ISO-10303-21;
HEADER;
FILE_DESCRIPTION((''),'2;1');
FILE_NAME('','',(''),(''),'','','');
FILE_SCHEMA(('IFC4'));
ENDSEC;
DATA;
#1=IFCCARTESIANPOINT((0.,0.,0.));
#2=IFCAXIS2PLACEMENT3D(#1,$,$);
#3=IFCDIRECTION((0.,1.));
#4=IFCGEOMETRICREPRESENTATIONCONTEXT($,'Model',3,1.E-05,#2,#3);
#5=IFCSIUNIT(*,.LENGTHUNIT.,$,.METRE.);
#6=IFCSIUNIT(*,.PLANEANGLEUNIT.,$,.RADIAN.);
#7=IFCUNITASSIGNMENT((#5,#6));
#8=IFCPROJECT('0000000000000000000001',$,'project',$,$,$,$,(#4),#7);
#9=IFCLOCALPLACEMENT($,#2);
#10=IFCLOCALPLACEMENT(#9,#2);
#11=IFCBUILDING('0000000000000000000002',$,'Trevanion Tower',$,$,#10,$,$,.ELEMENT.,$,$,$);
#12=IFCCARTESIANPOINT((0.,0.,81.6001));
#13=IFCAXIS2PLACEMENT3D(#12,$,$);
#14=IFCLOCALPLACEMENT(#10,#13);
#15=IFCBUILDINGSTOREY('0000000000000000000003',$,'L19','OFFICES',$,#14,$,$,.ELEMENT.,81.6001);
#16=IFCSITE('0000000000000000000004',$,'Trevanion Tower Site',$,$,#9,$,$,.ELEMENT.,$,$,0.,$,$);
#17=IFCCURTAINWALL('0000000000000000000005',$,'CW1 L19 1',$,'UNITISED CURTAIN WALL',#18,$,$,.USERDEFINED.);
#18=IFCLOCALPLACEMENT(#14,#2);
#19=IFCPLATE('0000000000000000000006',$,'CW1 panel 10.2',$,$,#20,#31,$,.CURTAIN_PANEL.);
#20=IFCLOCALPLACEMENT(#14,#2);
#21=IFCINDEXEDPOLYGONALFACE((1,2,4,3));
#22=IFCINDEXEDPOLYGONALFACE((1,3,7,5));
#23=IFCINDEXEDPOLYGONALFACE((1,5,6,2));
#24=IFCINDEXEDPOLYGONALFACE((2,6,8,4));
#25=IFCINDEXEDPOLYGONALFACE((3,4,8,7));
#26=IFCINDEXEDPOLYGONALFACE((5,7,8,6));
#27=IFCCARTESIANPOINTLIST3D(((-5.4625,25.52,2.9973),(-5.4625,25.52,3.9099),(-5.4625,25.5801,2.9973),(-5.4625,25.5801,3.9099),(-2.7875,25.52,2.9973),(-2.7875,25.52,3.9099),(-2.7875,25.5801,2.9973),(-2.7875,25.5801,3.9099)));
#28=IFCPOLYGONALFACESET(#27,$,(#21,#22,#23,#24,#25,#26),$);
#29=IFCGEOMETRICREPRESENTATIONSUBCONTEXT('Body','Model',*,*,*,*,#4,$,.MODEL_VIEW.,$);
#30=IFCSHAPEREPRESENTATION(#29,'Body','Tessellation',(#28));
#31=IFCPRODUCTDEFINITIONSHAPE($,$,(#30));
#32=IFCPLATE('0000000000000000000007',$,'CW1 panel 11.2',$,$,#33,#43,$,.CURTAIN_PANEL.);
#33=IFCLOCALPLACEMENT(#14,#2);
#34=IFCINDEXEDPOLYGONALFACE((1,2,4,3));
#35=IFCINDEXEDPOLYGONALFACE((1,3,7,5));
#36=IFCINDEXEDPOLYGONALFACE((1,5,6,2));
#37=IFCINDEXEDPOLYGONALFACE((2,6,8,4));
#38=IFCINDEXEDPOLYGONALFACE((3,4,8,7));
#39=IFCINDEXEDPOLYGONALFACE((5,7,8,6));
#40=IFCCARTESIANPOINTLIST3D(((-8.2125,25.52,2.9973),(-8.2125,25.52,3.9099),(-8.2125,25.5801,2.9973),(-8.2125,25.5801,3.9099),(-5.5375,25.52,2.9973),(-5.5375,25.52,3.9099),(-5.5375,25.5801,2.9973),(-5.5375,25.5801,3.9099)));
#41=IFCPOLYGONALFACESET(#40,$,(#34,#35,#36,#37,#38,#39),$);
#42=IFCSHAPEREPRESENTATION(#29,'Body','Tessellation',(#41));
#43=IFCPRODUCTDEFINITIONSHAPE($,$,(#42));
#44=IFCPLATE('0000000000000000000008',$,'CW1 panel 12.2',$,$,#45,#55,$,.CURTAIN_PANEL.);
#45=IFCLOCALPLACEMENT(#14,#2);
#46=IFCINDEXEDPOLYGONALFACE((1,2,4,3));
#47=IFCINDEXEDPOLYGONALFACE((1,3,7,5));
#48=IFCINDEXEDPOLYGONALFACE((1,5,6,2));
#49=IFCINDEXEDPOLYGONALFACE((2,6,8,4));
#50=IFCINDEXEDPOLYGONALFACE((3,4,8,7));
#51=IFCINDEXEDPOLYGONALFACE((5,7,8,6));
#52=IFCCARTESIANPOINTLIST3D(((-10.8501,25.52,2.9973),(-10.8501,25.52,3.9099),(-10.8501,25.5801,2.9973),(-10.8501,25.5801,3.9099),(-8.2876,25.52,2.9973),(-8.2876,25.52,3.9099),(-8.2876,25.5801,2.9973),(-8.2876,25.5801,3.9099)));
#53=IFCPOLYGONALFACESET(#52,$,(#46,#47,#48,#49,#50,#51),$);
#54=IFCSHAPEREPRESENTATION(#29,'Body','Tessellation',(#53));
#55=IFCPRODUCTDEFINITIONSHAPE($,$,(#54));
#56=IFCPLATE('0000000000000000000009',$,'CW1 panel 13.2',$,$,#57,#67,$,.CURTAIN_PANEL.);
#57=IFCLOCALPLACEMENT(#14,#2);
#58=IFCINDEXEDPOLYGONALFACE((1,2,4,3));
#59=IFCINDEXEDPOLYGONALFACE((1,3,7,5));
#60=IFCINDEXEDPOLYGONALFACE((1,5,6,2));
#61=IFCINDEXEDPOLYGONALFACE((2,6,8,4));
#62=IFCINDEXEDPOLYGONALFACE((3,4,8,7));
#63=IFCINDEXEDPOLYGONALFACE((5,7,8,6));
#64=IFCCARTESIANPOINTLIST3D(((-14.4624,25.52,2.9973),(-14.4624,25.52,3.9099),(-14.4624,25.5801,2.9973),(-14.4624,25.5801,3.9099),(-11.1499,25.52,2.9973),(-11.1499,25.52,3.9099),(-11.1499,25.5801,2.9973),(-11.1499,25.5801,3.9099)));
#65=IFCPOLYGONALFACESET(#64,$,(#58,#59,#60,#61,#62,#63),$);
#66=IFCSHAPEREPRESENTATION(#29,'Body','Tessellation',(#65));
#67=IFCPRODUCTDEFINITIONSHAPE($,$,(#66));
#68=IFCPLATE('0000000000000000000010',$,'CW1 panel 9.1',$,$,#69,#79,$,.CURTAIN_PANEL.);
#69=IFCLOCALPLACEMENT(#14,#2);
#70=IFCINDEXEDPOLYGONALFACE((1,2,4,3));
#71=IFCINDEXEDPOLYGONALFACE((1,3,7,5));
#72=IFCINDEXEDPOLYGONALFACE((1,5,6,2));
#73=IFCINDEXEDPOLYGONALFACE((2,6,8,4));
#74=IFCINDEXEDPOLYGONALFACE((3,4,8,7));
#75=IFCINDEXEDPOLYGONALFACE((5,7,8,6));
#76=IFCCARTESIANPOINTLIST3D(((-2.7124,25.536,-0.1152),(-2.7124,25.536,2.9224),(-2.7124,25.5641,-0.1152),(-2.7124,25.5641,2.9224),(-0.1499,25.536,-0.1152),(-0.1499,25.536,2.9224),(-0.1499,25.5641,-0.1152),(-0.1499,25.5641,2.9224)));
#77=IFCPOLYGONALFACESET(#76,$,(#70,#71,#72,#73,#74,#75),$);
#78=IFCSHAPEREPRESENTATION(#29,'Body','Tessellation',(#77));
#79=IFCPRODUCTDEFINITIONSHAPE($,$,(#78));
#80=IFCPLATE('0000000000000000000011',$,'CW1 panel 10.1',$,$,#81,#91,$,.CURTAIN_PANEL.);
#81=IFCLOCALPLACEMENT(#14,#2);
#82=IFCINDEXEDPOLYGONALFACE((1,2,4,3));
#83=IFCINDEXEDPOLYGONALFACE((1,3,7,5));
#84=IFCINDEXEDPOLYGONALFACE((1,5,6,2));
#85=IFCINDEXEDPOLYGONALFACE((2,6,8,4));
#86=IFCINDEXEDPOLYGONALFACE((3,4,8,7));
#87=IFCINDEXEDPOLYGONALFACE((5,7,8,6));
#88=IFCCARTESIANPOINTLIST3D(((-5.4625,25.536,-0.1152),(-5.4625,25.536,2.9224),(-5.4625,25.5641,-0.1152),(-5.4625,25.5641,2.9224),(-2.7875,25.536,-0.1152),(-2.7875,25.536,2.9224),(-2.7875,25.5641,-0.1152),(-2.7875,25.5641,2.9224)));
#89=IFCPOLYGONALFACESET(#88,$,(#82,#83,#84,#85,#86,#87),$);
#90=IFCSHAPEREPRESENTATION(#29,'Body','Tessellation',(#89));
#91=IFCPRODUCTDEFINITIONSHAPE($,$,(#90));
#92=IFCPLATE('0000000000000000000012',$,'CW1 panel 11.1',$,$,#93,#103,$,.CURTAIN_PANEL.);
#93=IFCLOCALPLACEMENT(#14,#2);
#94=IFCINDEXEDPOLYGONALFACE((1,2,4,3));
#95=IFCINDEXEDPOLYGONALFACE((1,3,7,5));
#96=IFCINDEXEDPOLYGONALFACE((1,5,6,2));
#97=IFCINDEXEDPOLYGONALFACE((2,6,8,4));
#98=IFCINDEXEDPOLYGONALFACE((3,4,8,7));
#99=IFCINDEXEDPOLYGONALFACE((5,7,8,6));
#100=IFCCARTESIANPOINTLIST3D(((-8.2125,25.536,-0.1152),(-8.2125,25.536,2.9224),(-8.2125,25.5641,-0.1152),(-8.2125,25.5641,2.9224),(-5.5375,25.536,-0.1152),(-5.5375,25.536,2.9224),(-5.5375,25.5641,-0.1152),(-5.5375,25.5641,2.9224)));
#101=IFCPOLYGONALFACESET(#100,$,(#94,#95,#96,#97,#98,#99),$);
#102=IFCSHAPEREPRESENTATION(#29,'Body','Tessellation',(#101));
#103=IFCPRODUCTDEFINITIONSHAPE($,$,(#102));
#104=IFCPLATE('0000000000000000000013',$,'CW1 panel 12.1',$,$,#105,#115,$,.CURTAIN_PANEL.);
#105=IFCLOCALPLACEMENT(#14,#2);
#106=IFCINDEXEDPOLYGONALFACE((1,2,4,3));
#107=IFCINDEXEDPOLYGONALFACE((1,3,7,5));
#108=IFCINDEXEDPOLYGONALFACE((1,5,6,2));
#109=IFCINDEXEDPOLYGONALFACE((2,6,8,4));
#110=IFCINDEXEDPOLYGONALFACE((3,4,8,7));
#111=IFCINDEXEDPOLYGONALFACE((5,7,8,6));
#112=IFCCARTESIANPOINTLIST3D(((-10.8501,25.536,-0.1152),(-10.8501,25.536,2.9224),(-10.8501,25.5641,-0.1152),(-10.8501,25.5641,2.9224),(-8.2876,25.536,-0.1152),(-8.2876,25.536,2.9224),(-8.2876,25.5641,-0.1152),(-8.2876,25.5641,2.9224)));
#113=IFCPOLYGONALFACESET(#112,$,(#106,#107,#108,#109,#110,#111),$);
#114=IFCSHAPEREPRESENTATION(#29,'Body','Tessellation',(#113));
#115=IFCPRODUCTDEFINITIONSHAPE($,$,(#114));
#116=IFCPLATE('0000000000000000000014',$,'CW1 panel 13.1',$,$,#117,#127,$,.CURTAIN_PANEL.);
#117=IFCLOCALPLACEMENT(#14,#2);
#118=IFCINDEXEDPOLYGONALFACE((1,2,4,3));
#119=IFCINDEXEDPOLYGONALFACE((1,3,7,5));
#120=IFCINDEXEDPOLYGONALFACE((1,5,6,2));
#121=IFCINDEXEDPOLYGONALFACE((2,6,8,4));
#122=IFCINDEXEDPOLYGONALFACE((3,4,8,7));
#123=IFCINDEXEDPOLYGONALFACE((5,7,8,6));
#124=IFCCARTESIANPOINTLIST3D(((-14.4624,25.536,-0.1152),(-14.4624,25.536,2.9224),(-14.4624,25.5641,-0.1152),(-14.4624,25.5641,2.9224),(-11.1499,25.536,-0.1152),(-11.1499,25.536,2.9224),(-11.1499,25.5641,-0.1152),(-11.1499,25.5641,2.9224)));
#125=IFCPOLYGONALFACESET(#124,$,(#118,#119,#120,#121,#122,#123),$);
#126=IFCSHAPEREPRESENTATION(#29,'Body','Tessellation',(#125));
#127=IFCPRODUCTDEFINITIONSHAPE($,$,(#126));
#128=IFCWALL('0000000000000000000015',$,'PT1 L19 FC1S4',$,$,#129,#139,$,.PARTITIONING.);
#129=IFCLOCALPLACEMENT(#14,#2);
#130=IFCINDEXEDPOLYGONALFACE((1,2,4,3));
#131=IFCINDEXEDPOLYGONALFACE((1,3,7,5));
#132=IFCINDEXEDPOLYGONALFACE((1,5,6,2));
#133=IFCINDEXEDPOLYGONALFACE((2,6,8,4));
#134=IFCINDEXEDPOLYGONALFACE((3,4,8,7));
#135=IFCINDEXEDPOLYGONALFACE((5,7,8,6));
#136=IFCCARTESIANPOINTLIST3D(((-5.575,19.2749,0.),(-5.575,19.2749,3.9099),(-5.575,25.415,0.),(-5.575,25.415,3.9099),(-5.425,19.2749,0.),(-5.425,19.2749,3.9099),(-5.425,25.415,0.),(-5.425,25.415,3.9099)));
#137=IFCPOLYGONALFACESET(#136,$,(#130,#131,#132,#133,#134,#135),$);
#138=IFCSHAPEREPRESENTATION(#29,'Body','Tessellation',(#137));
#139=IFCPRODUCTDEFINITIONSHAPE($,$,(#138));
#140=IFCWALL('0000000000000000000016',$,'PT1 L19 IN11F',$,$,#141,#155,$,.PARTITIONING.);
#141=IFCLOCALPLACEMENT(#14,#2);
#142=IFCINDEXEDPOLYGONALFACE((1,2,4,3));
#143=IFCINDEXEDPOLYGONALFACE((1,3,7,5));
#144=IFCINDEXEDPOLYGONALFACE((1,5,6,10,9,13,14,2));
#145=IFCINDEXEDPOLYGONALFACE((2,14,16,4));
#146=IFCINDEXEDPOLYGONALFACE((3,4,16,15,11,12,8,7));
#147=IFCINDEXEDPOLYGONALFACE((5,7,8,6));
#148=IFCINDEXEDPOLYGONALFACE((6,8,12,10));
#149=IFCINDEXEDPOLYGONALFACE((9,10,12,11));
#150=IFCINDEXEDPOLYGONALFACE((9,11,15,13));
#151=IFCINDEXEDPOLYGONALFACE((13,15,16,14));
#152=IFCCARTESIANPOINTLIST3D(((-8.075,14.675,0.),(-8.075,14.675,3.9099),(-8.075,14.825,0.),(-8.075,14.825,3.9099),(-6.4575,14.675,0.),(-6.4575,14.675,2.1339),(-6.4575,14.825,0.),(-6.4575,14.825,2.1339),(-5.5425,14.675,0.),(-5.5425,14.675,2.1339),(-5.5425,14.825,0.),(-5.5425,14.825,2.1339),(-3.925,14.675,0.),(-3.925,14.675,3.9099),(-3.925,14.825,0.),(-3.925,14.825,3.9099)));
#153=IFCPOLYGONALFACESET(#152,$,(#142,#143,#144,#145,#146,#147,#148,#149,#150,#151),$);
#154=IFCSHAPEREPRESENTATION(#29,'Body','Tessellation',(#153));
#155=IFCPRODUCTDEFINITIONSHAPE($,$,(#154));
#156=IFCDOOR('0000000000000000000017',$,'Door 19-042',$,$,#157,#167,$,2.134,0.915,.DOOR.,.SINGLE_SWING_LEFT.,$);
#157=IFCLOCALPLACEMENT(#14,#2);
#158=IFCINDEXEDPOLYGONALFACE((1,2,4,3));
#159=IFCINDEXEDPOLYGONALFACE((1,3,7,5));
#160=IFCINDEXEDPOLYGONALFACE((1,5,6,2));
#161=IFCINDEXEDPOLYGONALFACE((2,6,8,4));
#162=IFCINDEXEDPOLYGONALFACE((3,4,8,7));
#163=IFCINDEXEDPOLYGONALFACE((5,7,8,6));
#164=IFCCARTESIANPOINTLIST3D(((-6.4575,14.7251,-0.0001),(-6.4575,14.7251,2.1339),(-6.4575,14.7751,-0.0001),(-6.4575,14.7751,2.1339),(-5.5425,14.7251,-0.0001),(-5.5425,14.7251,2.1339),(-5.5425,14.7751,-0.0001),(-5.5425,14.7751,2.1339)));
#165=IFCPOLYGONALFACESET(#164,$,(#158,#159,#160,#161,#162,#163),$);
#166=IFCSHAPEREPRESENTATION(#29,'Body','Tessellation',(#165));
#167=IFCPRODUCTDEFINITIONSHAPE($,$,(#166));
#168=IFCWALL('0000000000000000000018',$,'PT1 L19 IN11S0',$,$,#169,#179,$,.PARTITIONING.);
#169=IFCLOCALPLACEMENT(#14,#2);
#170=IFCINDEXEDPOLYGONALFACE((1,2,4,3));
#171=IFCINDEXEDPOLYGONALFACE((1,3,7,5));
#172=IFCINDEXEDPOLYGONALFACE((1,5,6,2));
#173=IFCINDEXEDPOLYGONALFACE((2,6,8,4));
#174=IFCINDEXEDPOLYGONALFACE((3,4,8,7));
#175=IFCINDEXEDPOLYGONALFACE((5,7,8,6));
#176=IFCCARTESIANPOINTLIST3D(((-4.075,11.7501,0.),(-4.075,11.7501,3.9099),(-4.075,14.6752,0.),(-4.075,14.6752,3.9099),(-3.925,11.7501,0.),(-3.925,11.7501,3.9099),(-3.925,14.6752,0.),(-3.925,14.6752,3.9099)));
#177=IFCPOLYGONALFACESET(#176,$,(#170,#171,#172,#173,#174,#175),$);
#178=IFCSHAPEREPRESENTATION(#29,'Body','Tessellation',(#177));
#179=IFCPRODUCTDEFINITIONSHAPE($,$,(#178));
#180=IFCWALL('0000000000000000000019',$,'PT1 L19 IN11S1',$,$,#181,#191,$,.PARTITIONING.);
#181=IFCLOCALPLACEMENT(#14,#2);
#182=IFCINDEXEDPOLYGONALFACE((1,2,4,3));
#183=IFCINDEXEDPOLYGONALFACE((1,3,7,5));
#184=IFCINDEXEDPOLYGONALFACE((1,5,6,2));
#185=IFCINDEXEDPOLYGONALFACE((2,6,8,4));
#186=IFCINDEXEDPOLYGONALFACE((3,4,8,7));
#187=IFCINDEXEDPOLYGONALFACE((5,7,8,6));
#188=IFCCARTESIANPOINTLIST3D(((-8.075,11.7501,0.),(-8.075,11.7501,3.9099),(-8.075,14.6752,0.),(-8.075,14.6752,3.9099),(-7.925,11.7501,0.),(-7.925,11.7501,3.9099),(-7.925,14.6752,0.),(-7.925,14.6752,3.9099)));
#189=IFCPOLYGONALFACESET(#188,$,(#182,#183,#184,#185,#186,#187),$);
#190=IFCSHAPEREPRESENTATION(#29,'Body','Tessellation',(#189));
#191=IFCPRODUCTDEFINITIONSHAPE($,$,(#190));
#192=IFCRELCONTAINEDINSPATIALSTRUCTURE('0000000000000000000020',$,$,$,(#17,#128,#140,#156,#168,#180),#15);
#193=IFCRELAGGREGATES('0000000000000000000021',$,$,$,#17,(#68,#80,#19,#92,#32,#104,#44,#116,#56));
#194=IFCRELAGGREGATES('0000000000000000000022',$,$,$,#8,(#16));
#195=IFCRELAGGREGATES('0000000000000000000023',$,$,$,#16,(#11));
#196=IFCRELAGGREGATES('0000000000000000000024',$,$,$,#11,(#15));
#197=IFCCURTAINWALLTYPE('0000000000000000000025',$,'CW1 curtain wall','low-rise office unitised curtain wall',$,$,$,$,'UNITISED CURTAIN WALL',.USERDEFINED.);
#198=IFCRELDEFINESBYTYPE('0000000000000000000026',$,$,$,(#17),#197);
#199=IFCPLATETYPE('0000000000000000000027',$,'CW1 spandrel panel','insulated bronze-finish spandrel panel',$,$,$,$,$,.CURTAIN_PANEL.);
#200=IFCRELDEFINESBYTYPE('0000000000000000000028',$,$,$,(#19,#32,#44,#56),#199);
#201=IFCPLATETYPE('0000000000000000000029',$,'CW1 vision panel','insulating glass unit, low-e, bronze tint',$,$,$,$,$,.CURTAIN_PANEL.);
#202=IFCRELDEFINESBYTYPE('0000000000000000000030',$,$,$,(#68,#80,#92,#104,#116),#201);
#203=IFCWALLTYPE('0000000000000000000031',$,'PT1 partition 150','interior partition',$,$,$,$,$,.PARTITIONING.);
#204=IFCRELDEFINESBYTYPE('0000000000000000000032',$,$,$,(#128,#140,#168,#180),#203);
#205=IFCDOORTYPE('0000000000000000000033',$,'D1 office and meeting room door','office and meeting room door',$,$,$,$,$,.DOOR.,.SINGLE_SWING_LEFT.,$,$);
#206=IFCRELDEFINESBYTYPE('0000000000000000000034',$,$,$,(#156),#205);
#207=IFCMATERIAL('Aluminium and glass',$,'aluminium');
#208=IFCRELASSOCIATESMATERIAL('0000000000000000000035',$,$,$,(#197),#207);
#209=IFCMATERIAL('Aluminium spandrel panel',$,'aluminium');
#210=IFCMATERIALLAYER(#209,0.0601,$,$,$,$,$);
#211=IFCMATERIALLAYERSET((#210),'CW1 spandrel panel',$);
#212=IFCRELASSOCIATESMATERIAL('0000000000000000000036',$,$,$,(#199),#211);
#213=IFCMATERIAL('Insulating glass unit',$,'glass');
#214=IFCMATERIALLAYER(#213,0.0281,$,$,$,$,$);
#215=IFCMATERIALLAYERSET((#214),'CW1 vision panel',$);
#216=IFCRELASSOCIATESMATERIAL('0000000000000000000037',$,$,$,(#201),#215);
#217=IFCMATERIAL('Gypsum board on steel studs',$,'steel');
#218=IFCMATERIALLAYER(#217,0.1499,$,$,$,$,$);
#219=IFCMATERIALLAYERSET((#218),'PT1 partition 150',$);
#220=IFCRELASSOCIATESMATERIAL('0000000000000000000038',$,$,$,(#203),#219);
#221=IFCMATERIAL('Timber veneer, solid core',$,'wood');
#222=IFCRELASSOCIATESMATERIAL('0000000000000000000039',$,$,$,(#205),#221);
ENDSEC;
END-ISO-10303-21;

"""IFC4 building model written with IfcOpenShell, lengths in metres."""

from ifc_helpers import new_model, si_unit, direction, frame, frame_2d, origin, origin_2d, place, context, subcontext, project, spatial, rectangle, extrude, material, layer, layer_set, type_object, element, fill, aggregate, save


model = new_model("IFC4")

# Units and contexts
model_context = context("Model", 3, precision=1e-05, world=origin(), true_north=direction((0.0, 1.0)))
body_context = subcontext(model_context, "Body", "Model", "MODEL_VIEW")
ifc_project = project(units=[si_unit("LENGTHUNIT", "METRE"), si_unit("PLANEANGLEUNIT", "RADIAN")], contexts=[model_context])

# Site, building, storey
site_placement = place(None, origin())
site = spatial("IfcSite", under=ifc_project, at=site_placement, Name="Trevanion Tower Site", CompositionType="ELEMENT", RefElevation=0.0)
building_placement = place(site_placement, origin())
building = spatial("IfcBuilding", under=site, at=building_placement, Name="Trevanion Tower", CompositionType="ELEMENT")
storey_placement = place(building_placement, frame((0.0, 0.0, 81.6001)))
storey = spatial("IfcBuildingStorey", under=building, at=storey_placement, Name="L19", Description="OFFICES", CompositionType="ELEMENT", Elevation=81.6001)

# Curtain wall
ifc_material_1 = material(Name="Aluminium and glass", Category="aluminium")
curtain_wall_type = type_object("IfcCurtainWallType", Name="CW1 curtain wall", Description="low-rise office unitised curtain wall", ElementType="UNITISED CURTAIN WALL", PredefinedType="USERDEFINED", material=ifc_material_1)
curtain_wall_placement = place(storey_placement, origin())
curtain_wall = element("IfcCurtainWall", 1, at=curtain_wall_placement, inside=storey, type_object=curtain_wall_type, Name="CW1 L19 1", ObjectType="UNITISED CURTAIN WALL", PredefinedType="USERDEFINED")

# Plates
ifc_material_2 = material(Name="Aluminium spandrel panel", Category="aluminium")
ifc_layer_1 = layer(ifc_material_2, 0.0601)
ifc_layer_set_1 = layer_set([ifc_layer_1], Name="CW1 spandrel panel")
plate_type_1 = type_object("IfcPlateType", Name="CW1 spandrel panel", Description="insulated bronze-finish spandrel panel", PredefinedType="CURTAIN_PANEL", material=ifc_layer_set_1)
plate_1_placement = place(storey_placement, frame((-4.125, 25.55, 2.9973), z_axis=(0.0, 0.0, 1.0), x_axis=(-1.0, 0.0, 0.0)))
plate_1 = element("IfcPlate", 2, at=plate_1_placement, type_object=plate_type_1, Name="CW1 panel 10.2", PredefinedType="CURTAIN_PANEL", context=body_context, shape_type="SweptSolid", body=[
    extrude(rectangle(XDim=2.675, YDim=0.0601, at=origin_2d()), origin(), (0.0, 0.0, 1.0), 0.9126),
])
plate_2_placement = place(storey_placement, frame((-6.875, 25.55, 2.9973), z_axis=(0.0, 0.0, 1.0), x_axis=(-1.0, 0.0, 0.0)))
plate_2 = element("IfcPlate", 3, at=plate_2_placement, type_object=plate_type_1, Name="CW1 panel 11.2", PredefinedType="CURTAIN_PANEL", context=body_context, shape_type="SweptSolid", body=[
    extrude(rectangle(XDim=2.675, YDim=0.0601, at=origin_2d()), origin(), (0.0, 0.0, 1.0), 0.9126),
])
plate_3_placement = place(storey_placement, frame((-9.5688, 25.55, 2.9973), z_axis=(0.0, 0.0, 1.0), x_axis=(-1.0, 0.0, 0.0)))
plate_3 = element("IfcPlate", 4, at=plate_3_placement, type_object=plate_type_1, Name="CW1 panel 12.2", PredefinedType="CURTAIN_PANEL", context=body_context, shape_type="SweptSolid", body=[
    extrude(rectangle(XDim=2.5625, YDim=0.0601, at=origin_2d()), origin(), (0.0, 0.0, 1.0), 0.9126),
])
plate_4_placement = place(storey_placement, frame((-12.8062, 25.55, 2.9973), z_axis=(0.0, 0.0, 1.0), x_axis=(-1.0, 0.0, 0.0)))
plate_4 = element("IfcPlate", 5, at=plate_4_placement, type_object=plate_type_1, Name="CW1 panel 13.2", PredefinedType="CURTAIN_PANEL", context=body_context, shape_type="SweptSolid", body=[
    extrude(rectangle(XDim=3.3125, YDim=0.0601, at=origin_2d()), origin(), (0.0, 0.0, 1.0), 0.9126),
])
ifc_material_3 = material(Name="Insulating glass unit", Category="glass")
ifc_layer_2 = layer(ifc_material_3, 0.0281)
ifc_layer_set_2 = layer_set([ifc_layer_2], Name="CW1 vision panel")
plate_type_2 = type_object("IfcPlateType", Name="CW1 vision panel", Description="insulating glass unit, low-e, bronze tint", PredefinedType="CURTAIN_PANEL", material=ifc_layer_set_2)
plate_5_placement = place(storey_placement, frame((-1.4312, 25.55, -0.1152), z_axis=(0.0, 0.0, 1.0), x_axis=(-1.0, 0.0, 0.0)))
plate_5 = element("IfcPlate", 6, at=plate_5_placement, type_object=plate_type_2, Name="CW1 panel 9.1", PredefinedType="CURTAIN_PANEL", context=body_context, shape_type="SweptSolid", body=[
    extrude(rectangle(XDim=2.5625, YDim=0.0281, at=origin_2d()), origin(), (0.0, 0.0, 1.0), 3.0376),
])
plate_6_placement = place(storey_placement, frame((-4.125, 25.55, -0.1152), z_axis=(0.0, 0.0, 1.0), x_axis=(-1.0, 0.0, 0.0)))
plate_6 = element("IfcPlate", 7, at=plate_6_placement, type_object=plate_type_2, Name="CW1 panel 10.1", PredefinedType="CURTAIN_PANEL", context=body_context, shape_type="SweptSolid", body=[
    extrude(rectangle(XDim=2.675, YDim=0.0281, at=origin_2d()), origin(), (0.0, 0.0, 1.0), 3.0376),
])
plate_7_placement = place(storey_placement, frame((-6.875, 25.55, -0.1152), z_axis=(0.0, 0.0, 1.0), x_axis=(-1.0, 0.0, 0.0)))
plate_7 = element("IfcPlate", 8, at=plate_7_placement, type_object=plate_type_2, Name="CW1 panel 11.1", PredefinedType="CURTAIN_PANEL", context=body_context, shape_type="SweptSolid", body=[
    extrude(rectangle(XDim=2.675, YDim=0.0281, at=origin_2d()), origin(), (0.0, 0.0, 1.0), 3.0376),
])
plate_8_placement = place(storey_placement, frame((-9.5688, 25.55, -0.1152), z_axis=(0.0, 0.0, 1.0), x_axis=(-1.0, 0.0, 0.0)))
plate_8 = element("IfcPlate", 9, at=plate_8_placement, type_object=plate_type_2, Name="CW1 panel 12.1", PredefinedType="CURTAIN_PANEL", context=body_context, shape_type="SweptSolid", body=[
    extrude(rectangle(XDim=2.5625, YDim=0.0281, at=origin_2d()), origin(), (0.0, 0.0, 1.0), 3.0376),
])
plate_9_placement = place(storey_placement, frame((-12.8062, 25.55, -0.1152), z_axis=(0.0, 0.0, 1.0), x_axis=(-1.0, 0.0, 0.0)))
plate_9 = element("IfcPlate", 10, at=plate_9_placement, type_object=plate_type_2, Name="CW1 panel 13.1", PredefinedType="CURTAIN_PANEL", context=body_context, shape_type="SweptSolid", body=[
    extrude(rectangle(XDim=3.3125, YDim=0.0281, at=origin_2d()), origin(), (0.0, 0.0, 1.0), 3.0376),
])
aggregate(curtain_wall, [plate_5, plate_6, plate_1, plate_7, plate_2, plate_8, plate_3, plate_9, plate_4])

# Wall
ifc_material_4 = material(Name="Gypsum board on steel studs", Category="steel")
ifc_layer_3 = layer(ifc_material_4, 0.1499)
ifc_layer_set_3 = layer_set([ifc_layer_3], Name="PT1 partition 150")
wall_type = type_object("IfcWallType", Name="PT1 partition 150", Description="interior partition", PredefinedType="PARTITIONING", material=ifc_layer_set_3)
wall_1_placement = place(storey_placement, frame((-5.5, 19.2749, 0.0), z_axis=(0.0, 0.0, 1.0), x_axis=(0.0, 1.0, 0.0)))
element("IfcWall", 11, at=wall_1_placement, inside=storey, type_object=wall_type, Name="PT1 L19 FC1S4", PredefinedType="PARTITIONING", context=body_context, shape_type="SweptSolid", body=[
    extrude(rectangle(XDim=6.1401, YDim=0.1499, at=frame_2d((3.0701, 0.0))), origin(), (0.0, 0.0, 1.0), 3.9099),
])

# Wall, opening, door
wall_2_placement = place(storey_placement, frame((-3.925, 14.75, 0.0), z_axis=(0.0, 0.0, 1.0), x_axis=(-1.0, 0.0, 0.0)))
wall_2 = element("IfcWall", 12, at=wall_2_placement, inside=storey, type_object=wall_type, Name="PT1 L19 IN11F", PredefinedType="PARTITIONING", context=body_context, shape_type="SweptSolid", body=[
    extrude(rectangle(XDim=4.1499, YDim=0.1499, at=frame_2d((2.075, 0.0))), origin(), (0.0, 0.0, 1.0), 3.9099),
])
opening_placement = place(wall_2_placement, frame((1.6174, 0.0, 0.0)))
opening = element("IfcOpeningElement", 13, at=opening_placement, cuts=wall_2, PredefinedType="OPENING", context=body_context, shape_type="SweptSolid", body=[
    extrude(rectangle(XDim=0.915, YDim=2.134, at=frame_2d((0.4575, 1.0669))), frame((0.0, 0.085, 0.0), z_axis=(0.0, -1.0, 0.0), x_axis=(1.0, 0.0, 0.0)), (0.0, 0.0, 1.0), 0.1699),
])
ifc_material_5 = material(Name="Timber veneer, solid core", Category="wood")
door_type = type_object("IfcDoorType", Name="D1 office and meeting room door", Description="office and meeting room door", OperationType="SINGLE_SWING_LEFT", PredefinedType="DOOR", material=ifc_material_5)
door_placement = place(opening_placement, origin())
door = element("IfcDoor", 14, at=door_placement, inside=storey, type_object=door_type, Name="Door 19-042", OperationType="SINGLE_SWING_LEFT", OverallHeight=2.134, OverallWidth=0.915, PredefinedType="DOOR", context=body_context, shape_type="SweptSolid", body=[
    extrude(rectangle(XDim=0.915, YDim=2.134, at=frame_2d((0.4575, 1.0669))), frame((0.0, 0.0249, 0.0), z_axis=(0.0, -1.0, 0.0), x_axis=(1.0, 0.0, 0.0)), (0.0, 0.0, 1.0), 0.05),
])
fill(opening, door)

# Walls
for number, where, z_axis, x_axis, name in (
    (15, (-4.0, 14.675, 0.0), (0.0, 0.0, 1.0), (0.0, -1.0, 0.0), "PT1 L19 IN11S0"),
    (16, (-8.0, 14.675, 0.0), (0.0, 0.0, 1.0), (0.0, -1.0, 0.0), "PT1 L19 IN11S1"),
):
    element("IfcWall", number, at=place(storey_placement, frame(where, z_axis=z_axis, x_axis=x_axis)), inside=storey, type_object=wall_type, Name=name, PredefinedType="PARTITIONING", context=body_context, shape_type="SweptSolid", body=[
        extrude(rectangle(XDim=2.925, YDim=0.1499, at=frame_2d((1.4624, 0.0))), origin(), (0.0, 0.0, 1.0), 3.9099),
    ])

save(model, "model.ifc")
